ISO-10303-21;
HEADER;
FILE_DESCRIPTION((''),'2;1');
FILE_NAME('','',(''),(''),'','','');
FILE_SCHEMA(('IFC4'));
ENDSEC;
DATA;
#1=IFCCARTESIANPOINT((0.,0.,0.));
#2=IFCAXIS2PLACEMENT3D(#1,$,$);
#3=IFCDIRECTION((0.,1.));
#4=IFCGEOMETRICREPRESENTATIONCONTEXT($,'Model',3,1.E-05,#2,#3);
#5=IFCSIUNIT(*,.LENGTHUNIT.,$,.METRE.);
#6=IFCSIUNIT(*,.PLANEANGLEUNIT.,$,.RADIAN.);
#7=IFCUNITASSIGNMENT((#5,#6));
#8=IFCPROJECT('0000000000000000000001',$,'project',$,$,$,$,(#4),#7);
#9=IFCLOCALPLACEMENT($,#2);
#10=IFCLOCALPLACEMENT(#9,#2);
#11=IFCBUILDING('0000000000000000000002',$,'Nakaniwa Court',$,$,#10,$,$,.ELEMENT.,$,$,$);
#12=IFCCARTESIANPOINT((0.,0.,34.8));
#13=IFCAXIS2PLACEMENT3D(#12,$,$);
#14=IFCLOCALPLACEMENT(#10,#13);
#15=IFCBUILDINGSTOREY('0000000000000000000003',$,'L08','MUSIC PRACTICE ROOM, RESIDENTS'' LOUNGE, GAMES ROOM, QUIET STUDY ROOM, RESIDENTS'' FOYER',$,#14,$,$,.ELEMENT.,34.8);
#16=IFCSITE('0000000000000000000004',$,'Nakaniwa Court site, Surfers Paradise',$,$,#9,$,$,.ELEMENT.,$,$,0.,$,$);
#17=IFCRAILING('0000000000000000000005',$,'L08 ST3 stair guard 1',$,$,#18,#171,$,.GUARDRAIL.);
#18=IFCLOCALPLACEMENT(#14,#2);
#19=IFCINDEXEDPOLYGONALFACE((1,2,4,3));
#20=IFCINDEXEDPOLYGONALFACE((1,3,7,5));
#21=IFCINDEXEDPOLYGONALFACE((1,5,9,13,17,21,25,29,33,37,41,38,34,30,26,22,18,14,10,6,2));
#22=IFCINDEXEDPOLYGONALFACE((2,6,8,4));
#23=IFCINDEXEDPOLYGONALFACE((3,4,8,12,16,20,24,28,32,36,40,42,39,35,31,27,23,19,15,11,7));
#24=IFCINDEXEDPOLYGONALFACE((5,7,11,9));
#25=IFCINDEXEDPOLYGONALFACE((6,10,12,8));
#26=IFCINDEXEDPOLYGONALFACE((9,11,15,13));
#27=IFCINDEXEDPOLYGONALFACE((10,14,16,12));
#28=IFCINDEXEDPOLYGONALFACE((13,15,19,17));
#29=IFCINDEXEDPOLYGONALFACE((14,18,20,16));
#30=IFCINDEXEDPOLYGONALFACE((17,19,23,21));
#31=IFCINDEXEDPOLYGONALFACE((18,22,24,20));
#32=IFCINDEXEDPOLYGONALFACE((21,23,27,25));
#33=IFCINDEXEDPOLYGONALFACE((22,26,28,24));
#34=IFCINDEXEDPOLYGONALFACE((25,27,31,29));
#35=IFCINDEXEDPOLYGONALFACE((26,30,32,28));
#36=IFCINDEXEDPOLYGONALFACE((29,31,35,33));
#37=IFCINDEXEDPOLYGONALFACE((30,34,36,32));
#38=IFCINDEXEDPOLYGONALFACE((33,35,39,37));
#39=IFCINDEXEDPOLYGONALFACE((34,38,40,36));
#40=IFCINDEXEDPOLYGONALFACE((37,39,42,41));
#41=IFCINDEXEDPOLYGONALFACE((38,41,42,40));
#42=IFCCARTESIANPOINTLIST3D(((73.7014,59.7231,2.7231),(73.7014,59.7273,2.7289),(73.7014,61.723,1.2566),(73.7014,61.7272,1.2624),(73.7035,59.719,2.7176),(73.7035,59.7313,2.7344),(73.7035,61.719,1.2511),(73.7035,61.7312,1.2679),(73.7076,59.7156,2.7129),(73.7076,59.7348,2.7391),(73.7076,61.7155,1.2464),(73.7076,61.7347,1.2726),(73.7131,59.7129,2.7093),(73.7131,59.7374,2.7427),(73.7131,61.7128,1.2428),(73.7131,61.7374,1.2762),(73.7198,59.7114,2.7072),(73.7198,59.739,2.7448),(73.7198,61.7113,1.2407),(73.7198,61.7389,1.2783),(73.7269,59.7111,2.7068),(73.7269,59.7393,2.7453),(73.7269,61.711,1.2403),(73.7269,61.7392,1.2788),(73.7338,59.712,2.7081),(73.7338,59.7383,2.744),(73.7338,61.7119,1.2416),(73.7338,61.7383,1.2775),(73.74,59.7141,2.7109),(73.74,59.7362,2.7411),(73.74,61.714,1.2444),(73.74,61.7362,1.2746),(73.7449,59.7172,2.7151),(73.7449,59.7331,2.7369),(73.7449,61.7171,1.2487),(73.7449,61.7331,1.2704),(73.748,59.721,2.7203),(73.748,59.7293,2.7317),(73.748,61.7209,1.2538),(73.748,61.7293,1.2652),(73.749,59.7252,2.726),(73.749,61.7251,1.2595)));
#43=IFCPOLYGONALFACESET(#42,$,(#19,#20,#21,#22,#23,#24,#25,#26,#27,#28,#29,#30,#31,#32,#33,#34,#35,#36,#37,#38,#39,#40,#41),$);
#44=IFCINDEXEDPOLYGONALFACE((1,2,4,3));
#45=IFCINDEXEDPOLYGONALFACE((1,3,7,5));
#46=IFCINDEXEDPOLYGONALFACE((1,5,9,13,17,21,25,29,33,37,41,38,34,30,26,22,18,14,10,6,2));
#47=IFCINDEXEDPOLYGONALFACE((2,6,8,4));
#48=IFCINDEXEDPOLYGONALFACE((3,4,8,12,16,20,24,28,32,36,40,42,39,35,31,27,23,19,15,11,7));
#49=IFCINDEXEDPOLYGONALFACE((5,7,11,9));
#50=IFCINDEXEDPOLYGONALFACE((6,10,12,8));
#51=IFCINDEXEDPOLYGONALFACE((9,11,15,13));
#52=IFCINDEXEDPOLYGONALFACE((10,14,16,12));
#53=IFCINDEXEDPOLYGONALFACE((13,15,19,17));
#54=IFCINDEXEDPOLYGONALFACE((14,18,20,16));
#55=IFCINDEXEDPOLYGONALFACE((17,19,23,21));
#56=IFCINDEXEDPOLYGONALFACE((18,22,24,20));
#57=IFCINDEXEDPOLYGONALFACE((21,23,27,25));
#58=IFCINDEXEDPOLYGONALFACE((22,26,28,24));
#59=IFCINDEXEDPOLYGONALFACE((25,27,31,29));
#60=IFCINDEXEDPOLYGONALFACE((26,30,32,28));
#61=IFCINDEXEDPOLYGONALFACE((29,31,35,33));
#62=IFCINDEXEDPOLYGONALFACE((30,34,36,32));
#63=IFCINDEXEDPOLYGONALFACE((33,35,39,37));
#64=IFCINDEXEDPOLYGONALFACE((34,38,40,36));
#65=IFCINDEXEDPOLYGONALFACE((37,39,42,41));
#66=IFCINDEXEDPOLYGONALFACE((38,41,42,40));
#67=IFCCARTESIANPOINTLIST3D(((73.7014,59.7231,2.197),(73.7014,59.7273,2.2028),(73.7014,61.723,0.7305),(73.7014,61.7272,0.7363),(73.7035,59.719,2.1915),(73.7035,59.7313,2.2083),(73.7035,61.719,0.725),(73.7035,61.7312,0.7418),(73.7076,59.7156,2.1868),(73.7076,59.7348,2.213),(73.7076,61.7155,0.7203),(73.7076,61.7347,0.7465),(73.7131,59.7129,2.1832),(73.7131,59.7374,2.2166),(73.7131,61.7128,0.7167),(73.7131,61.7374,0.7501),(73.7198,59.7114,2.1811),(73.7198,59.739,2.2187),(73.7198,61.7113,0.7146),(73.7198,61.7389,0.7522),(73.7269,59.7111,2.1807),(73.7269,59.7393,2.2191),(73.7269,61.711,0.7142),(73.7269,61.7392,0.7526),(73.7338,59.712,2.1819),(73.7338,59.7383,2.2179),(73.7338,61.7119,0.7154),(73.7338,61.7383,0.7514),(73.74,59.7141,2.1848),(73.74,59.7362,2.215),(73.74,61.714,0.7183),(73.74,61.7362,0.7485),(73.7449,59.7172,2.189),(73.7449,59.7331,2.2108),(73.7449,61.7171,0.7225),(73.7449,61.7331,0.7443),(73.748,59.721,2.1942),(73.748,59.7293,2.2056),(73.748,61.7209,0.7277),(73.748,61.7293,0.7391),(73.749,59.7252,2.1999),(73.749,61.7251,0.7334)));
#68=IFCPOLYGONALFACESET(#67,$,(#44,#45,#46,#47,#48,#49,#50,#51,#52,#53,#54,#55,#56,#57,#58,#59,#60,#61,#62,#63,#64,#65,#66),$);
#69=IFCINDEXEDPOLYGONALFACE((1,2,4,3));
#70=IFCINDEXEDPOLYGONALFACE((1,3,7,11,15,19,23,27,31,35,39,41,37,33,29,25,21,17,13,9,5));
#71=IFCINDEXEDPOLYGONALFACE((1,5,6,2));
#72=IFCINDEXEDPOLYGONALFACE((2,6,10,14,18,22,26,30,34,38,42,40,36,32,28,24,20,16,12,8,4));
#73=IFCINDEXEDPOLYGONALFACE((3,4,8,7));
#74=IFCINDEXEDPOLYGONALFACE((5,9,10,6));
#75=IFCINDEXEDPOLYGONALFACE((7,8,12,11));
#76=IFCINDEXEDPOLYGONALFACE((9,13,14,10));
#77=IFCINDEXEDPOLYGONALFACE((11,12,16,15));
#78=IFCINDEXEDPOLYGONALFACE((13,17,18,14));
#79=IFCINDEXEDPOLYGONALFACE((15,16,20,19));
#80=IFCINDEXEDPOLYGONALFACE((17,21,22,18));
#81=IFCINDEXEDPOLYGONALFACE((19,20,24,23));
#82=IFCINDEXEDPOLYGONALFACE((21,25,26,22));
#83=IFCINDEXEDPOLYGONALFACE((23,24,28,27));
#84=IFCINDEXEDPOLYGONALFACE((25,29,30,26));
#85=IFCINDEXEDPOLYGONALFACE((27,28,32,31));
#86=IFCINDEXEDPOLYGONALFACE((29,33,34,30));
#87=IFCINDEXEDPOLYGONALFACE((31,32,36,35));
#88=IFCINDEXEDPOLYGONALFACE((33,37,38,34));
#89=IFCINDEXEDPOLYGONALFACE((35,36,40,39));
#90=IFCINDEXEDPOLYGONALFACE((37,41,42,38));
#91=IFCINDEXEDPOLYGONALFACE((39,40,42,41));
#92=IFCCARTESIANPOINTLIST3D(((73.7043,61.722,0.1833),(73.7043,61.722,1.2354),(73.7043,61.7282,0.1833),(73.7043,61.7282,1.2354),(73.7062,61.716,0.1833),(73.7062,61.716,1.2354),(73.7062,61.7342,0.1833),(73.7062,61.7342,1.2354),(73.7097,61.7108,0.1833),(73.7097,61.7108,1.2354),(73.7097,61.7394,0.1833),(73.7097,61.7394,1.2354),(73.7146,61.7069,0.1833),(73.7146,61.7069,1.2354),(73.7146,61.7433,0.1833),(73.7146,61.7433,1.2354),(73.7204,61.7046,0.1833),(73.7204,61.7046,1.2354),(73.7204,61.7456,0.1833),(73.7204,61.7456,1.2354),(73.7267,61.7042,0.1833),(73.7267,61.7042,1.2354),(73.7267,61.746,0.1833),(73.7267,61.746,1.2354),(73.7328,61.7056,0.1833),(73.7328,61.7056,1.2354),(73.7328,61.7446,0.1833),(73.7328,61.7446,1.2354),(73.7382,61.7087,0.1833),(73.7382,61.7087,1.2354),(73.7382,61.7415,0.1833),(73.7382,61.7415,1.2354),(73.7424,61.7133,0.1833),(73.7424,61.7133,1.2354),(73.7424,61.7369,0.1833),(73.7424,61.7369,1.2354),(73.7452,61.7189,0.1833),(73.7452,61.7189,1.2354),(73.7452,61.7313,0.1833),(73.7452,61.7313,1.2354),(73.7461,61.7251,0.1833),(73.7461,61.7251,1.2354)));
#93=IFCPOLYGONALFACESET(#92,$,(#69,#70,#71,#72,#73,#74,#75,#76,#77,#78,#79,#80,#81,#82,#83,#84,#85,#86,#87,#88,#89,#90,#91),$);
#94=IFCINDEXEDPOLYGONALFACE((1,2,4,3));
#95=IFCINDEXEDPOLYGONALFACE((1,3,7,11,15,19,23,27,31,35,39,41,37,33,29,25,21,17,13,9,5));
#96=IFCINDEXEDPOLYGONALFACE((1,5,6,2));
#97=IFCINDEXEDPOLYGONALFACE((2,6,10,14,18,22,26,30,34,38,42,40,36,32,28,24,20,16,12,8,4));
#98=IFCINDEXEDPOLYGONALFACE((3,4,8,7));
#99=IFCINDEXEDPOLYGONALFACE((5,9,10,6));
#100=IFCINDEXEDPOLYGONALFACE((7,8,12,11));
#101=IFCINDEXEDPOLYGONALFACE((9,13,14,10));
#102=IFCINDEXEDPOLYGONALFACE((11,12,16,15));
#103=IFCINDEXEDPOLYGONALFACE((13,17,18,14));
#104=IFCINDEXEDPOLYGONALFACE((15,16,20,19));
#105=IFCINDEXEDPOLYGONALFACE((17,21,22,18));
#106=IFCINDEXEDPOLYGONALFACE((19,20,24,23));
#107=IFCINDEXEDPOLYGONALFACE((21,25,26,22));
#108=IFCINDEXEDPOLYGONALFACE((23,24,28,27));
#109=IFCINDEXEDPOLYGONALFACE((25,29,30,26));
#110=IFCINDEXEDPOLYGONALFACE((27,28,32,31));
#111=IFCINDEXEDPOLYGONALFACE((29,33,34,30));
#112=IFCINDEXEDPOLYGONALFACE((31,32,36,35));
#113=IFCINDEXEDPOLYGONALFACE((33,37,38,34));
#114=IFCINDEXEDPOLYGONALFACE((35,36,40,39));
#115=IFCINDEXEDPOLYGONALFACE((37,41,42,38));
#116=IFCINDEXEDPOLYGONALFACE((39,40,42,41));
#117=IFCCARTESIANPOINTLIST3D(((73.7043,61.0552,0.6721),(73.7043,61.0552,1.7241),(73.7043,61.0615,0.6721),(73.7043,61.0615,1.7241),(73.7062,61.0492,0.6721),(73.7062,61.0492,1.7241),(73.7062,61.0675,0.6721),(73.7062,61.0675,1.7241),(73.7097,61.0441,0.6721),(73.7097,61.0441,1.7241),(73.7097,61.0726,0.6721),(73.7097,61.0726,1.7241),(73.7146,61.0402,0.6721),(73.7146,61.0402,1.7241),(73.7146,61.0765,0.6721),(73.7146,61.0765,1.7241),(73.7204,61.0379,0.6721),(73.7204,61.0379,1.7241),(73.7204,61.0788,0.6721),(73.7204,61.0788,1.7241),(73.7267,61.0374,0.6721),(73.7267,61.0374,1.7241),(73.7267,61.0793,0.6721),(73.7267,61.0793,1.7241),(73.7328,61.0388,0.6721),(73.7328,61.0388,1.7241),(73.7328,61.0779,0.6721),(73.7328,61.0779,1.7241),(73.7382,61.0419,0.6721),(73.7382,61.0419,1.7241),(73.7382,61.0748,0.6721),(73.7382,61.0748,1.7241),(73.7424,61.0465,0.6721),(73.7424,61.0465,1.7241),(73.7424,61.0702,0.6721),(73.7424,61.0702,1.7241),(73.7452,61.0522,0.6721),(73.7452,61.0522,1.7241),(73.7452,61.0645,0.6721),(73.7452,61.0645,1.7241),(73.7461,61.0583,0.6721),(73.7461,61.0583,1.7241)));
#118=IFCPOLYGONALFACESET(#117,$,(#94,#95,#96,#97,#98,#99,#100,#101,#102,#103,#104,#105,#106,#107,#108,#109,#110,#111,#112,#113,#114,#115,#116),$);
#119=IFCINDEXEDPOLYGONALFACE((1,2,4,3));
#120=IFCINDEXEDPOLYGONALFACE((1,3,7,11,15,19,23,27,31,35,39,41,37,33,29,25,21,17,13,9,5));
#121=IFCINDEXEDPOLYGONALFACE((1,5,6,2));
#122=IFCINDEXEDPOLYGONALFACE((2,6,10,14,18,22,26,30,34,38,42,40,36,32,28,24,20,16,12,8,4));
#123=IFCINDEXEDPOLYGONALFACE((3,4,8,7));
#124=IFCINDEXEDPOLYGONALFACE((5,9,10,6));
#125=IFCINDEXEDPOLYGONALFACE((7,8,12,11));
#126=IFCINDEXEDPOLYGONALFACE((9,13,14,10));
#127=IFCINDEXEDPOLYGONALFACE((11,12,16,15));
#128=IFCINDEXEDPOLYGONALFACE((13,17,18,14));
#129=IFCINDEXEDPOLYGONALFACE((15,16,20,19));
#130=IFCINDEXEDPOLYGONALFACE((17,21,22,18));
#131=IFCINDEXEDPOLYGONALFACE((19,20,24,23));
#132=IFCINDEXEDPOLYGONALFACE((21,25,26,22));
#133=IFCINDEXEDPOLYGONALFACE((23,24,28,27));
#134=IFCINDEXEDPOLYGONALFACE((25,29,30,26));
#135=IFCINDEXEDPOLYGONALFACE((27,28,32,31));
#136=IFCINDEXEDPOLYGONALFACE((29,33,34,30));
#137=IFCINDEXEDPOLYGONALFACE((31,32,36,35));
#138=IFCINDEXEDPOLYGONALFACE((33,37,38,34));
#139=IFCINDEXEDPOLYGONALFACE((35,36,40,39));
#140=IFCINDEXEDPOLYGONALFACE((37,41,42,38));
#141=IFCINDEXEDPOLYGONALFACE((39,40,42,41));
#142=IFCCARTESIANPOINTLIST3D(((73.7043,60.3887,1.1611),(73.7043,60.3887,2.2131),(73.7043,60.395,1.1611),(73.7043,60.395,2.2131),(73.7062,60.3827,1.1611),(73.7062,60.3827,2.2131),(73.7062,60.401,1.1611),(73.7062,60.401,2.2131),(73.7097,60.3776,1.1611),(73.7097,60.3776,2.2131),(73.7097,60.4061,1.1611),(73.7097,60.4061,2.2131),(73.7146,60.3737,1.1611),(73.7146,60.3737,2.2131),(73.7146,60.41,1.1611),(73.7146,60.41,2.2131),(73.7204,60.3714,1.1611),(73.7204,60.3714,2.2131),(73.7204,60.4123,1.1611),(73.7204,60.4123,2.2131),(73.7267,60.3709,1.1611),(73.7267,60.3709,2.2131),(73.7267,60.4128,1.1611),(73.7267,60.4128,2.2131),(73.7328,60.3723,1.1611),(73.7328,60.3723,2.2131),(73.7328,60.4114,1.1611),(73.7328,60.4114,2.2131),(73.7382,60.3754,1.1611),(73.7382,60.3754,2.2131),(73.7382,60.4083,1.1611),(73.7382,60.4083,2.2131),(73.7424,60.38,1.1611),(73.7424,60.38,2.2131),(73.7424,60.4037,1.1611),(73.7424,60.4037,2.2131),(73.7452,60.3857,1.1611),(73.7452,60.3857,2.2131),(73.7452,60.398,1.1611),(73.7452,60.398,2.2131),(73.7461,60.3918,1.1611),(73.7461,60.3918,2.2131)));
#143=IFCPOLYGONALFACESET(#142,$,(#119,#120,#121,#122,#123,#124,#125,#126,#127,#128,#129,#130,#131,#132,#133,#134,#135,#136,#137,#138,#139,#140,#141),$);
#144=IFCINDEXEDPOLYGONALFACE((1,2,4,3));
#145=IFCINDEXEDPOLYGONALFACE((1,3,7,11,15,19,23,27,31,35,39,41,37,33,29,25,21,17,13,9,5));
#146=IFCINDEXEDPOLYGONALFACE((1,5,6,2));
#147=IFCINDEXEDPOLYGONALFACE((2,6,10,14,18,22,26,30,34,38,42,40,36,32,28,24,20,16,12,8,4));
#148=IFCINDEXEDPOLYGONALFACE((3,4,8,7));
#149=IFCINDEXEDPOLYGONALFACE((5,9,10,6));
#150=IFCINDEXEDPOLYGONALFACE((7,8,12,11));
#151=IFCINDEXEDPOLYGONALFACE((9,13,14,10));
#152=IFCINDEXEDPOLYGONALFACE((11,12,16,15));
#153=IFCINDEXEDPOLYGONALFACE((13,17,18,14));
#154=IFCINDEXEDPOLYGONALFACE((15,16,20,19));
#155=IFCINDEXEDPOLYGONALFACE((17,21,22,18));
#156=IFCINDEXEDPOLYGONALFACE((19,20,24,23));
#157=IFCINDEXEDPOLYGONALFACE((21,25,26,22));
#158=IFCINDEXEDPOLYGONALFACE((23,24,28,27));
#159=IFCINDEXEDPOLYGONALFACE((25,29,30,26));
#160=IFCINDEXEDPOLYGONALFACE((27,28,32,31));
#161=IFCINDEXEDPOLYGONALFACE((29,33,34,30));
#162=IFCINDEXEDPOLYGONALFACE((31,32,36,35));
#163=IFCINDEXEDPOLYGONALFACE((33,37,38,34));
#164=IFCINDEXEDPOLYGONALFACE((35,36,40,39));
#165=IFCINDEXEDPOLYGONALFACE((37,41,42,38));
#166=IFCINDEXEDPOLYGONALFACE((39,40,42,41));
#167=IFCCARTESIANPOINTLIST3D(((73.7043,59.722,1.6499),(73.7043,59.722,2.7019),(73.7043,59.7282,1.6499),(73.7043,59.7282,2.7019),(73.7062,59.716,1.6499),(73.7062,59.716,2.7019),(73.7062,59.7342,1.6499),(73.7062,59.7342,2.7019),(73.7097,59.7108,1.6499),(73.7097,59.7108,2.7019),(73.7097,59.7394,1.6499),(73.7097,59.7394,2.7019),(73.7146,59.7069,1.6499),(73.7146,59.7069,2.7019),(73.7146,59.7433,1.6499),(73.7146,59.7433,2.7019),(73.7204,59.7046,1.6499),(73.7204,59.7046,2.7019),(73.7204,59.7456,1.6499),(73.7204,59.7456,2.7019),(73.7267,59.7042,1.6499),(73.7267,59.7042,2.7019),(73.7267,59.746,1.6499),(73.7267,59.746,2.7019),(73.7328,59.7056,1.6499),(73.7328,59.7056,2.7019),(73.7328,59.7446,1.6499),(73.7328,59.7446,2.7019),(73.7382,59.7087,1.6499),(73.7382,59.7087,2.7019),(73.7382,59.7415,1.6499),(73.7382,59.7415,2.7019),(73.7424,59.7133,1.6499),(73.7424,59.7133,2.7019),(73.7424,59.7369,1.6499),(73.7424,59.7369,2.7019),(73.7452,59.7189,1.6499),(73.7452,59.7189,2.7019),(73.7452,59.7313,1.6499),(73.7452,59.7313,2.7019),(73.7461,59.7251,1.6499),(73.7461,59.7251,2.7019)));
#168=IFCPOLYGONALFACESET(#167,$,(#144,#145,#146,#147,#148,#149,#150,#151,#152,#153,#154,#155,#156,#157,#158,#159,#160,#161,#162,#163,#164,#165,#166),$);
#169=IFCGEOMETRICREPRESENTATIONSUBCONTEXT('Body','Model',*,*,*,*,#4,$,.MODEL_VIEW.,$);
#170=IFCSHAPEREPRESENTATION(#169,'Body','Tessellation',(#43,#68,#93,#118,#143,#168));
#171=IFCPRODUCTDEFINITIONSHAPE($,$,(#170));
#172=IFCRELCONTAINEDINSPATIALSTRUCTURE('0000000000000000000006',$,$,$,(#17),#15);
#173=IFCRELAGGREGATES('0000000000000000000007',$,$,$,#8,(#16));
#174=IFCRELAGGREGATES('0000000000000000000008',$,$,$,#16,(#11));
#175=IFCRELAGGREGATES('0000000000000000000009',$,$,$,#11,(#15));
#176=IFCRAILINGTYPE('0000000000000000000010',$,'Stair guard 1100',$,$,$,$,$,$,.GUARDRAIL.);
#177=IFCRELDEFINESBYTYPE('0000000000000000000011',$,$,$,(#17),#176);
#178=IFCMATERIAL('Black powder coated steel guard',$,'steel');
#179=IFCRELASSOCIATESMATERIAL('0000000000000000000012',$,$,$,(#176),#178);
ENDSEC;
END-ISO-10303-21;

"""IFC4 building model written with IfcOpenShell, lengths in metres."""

from ifc_helpers import new_model, si_unit, direction, frame, origin, origin_2d, place, context, subcontext, project, spatial, circle, extrude, material, type_object, element, save


model = new_model("IFC4")

# Units and contexts
model_context = context("Model", 3, precision=1e-05, world=origin(), true_north=direction((0.0, 1.0)))
body_context = subcontext(model_context, "Body", "Model", "MODEL_VIEW")
ifc_project = project(units=[si_unit("LENGTHUNIT", "METRE"), si_unit("PLANEANGLEUNIT", "RADIAN")], contexts=[model_context])

# Site, building, storey
site_placement = place(None, origin())
site = spatial("IfcSite", under=ifc_project, at=site_placement, Name="Nakaniwa Court site, Surfers Paradise", CompositionType="ELEMENT", RefElevation=0.0)
building_placement = place(site_placement, origin())
building = spatial("IfcBuilding", under=site, at=building_placement, Name="Nakaniwa Court", CompositionType="ELEMENT")
storey_placement = place(building_placement, frame((0.0, 0.0, 34.8)))
storey = spatial("IfcBuildingStorey", under=building, at=storey_placement, Name="L08", Description="MUSIC PRACTICE ROOM, RESIDENTS' LOUNGE, GAMES ROOM, QUIET STUDY ROOM, RESIDENTS' FOYER", CompositionType="ELEMENT", Elevation=34.8)

# Railing
ifc_material_1 = material(Name="Black powder coated steel guard", Category="steel")
railing_type_1 = type_object("IfcRailingType", Name="Stair guard 1100", PredefinedType="GUARDRAIL", material=ifc_material_1)
railing_1_placement = place(storey_placement, frame((73.7251, 61.7251, 0.1833)))
element("IfcRailing", 1, at=railing_1_placement, inside=storey, type_object=railing_type_1, Name="L08 ST3 stair guard 1", PredefinedType="GUARDRAIL", context=body_context, shape_type="SweptSolid", body=[
    extrude(circle(Radius=0.0239, at=origin_2d()), frame((0.0, 0.0, 1.0762), z_axis=(0.0, -0.806427, 0.591334), x_axis=(1.0, 0.0, 0.0)), (0.0, 0.0, 1.0), 2.48),
    extrude(circle(Radius=0.0239, at=origin_2d()), frame((0.0, 0.0, 0.55), z_axis=(0.0, -0.806427, 0.591334), x_axis=(1.0, 0.0, 0.0)), (0.0, 0.0, 1.0), 2.48),
    extrude(circle(Radius=0.021, at=origin_2d()), origin(), (0.0, 0.0, 1.0), 1.052),
    extrude(circle(Radius=0.021, at=origin_2d()), frame((0.0, -0.6667, 0.4888)), (0.0, 0.0, 1.0), 1.052),
    extrude(circle(Radius=0.021, at=origin_2d()), frame((0.0, -1.3333, 0.9778)), (0.0, 0.0, 1.0), 1.052),
    extrude(circle(Radius=0.021, at=origin_2d()), frame((0.0, -2.0, 1.4666)), (0.0, 0.0, 1.0), 1.052),
])

save(model, "model.ifc")
